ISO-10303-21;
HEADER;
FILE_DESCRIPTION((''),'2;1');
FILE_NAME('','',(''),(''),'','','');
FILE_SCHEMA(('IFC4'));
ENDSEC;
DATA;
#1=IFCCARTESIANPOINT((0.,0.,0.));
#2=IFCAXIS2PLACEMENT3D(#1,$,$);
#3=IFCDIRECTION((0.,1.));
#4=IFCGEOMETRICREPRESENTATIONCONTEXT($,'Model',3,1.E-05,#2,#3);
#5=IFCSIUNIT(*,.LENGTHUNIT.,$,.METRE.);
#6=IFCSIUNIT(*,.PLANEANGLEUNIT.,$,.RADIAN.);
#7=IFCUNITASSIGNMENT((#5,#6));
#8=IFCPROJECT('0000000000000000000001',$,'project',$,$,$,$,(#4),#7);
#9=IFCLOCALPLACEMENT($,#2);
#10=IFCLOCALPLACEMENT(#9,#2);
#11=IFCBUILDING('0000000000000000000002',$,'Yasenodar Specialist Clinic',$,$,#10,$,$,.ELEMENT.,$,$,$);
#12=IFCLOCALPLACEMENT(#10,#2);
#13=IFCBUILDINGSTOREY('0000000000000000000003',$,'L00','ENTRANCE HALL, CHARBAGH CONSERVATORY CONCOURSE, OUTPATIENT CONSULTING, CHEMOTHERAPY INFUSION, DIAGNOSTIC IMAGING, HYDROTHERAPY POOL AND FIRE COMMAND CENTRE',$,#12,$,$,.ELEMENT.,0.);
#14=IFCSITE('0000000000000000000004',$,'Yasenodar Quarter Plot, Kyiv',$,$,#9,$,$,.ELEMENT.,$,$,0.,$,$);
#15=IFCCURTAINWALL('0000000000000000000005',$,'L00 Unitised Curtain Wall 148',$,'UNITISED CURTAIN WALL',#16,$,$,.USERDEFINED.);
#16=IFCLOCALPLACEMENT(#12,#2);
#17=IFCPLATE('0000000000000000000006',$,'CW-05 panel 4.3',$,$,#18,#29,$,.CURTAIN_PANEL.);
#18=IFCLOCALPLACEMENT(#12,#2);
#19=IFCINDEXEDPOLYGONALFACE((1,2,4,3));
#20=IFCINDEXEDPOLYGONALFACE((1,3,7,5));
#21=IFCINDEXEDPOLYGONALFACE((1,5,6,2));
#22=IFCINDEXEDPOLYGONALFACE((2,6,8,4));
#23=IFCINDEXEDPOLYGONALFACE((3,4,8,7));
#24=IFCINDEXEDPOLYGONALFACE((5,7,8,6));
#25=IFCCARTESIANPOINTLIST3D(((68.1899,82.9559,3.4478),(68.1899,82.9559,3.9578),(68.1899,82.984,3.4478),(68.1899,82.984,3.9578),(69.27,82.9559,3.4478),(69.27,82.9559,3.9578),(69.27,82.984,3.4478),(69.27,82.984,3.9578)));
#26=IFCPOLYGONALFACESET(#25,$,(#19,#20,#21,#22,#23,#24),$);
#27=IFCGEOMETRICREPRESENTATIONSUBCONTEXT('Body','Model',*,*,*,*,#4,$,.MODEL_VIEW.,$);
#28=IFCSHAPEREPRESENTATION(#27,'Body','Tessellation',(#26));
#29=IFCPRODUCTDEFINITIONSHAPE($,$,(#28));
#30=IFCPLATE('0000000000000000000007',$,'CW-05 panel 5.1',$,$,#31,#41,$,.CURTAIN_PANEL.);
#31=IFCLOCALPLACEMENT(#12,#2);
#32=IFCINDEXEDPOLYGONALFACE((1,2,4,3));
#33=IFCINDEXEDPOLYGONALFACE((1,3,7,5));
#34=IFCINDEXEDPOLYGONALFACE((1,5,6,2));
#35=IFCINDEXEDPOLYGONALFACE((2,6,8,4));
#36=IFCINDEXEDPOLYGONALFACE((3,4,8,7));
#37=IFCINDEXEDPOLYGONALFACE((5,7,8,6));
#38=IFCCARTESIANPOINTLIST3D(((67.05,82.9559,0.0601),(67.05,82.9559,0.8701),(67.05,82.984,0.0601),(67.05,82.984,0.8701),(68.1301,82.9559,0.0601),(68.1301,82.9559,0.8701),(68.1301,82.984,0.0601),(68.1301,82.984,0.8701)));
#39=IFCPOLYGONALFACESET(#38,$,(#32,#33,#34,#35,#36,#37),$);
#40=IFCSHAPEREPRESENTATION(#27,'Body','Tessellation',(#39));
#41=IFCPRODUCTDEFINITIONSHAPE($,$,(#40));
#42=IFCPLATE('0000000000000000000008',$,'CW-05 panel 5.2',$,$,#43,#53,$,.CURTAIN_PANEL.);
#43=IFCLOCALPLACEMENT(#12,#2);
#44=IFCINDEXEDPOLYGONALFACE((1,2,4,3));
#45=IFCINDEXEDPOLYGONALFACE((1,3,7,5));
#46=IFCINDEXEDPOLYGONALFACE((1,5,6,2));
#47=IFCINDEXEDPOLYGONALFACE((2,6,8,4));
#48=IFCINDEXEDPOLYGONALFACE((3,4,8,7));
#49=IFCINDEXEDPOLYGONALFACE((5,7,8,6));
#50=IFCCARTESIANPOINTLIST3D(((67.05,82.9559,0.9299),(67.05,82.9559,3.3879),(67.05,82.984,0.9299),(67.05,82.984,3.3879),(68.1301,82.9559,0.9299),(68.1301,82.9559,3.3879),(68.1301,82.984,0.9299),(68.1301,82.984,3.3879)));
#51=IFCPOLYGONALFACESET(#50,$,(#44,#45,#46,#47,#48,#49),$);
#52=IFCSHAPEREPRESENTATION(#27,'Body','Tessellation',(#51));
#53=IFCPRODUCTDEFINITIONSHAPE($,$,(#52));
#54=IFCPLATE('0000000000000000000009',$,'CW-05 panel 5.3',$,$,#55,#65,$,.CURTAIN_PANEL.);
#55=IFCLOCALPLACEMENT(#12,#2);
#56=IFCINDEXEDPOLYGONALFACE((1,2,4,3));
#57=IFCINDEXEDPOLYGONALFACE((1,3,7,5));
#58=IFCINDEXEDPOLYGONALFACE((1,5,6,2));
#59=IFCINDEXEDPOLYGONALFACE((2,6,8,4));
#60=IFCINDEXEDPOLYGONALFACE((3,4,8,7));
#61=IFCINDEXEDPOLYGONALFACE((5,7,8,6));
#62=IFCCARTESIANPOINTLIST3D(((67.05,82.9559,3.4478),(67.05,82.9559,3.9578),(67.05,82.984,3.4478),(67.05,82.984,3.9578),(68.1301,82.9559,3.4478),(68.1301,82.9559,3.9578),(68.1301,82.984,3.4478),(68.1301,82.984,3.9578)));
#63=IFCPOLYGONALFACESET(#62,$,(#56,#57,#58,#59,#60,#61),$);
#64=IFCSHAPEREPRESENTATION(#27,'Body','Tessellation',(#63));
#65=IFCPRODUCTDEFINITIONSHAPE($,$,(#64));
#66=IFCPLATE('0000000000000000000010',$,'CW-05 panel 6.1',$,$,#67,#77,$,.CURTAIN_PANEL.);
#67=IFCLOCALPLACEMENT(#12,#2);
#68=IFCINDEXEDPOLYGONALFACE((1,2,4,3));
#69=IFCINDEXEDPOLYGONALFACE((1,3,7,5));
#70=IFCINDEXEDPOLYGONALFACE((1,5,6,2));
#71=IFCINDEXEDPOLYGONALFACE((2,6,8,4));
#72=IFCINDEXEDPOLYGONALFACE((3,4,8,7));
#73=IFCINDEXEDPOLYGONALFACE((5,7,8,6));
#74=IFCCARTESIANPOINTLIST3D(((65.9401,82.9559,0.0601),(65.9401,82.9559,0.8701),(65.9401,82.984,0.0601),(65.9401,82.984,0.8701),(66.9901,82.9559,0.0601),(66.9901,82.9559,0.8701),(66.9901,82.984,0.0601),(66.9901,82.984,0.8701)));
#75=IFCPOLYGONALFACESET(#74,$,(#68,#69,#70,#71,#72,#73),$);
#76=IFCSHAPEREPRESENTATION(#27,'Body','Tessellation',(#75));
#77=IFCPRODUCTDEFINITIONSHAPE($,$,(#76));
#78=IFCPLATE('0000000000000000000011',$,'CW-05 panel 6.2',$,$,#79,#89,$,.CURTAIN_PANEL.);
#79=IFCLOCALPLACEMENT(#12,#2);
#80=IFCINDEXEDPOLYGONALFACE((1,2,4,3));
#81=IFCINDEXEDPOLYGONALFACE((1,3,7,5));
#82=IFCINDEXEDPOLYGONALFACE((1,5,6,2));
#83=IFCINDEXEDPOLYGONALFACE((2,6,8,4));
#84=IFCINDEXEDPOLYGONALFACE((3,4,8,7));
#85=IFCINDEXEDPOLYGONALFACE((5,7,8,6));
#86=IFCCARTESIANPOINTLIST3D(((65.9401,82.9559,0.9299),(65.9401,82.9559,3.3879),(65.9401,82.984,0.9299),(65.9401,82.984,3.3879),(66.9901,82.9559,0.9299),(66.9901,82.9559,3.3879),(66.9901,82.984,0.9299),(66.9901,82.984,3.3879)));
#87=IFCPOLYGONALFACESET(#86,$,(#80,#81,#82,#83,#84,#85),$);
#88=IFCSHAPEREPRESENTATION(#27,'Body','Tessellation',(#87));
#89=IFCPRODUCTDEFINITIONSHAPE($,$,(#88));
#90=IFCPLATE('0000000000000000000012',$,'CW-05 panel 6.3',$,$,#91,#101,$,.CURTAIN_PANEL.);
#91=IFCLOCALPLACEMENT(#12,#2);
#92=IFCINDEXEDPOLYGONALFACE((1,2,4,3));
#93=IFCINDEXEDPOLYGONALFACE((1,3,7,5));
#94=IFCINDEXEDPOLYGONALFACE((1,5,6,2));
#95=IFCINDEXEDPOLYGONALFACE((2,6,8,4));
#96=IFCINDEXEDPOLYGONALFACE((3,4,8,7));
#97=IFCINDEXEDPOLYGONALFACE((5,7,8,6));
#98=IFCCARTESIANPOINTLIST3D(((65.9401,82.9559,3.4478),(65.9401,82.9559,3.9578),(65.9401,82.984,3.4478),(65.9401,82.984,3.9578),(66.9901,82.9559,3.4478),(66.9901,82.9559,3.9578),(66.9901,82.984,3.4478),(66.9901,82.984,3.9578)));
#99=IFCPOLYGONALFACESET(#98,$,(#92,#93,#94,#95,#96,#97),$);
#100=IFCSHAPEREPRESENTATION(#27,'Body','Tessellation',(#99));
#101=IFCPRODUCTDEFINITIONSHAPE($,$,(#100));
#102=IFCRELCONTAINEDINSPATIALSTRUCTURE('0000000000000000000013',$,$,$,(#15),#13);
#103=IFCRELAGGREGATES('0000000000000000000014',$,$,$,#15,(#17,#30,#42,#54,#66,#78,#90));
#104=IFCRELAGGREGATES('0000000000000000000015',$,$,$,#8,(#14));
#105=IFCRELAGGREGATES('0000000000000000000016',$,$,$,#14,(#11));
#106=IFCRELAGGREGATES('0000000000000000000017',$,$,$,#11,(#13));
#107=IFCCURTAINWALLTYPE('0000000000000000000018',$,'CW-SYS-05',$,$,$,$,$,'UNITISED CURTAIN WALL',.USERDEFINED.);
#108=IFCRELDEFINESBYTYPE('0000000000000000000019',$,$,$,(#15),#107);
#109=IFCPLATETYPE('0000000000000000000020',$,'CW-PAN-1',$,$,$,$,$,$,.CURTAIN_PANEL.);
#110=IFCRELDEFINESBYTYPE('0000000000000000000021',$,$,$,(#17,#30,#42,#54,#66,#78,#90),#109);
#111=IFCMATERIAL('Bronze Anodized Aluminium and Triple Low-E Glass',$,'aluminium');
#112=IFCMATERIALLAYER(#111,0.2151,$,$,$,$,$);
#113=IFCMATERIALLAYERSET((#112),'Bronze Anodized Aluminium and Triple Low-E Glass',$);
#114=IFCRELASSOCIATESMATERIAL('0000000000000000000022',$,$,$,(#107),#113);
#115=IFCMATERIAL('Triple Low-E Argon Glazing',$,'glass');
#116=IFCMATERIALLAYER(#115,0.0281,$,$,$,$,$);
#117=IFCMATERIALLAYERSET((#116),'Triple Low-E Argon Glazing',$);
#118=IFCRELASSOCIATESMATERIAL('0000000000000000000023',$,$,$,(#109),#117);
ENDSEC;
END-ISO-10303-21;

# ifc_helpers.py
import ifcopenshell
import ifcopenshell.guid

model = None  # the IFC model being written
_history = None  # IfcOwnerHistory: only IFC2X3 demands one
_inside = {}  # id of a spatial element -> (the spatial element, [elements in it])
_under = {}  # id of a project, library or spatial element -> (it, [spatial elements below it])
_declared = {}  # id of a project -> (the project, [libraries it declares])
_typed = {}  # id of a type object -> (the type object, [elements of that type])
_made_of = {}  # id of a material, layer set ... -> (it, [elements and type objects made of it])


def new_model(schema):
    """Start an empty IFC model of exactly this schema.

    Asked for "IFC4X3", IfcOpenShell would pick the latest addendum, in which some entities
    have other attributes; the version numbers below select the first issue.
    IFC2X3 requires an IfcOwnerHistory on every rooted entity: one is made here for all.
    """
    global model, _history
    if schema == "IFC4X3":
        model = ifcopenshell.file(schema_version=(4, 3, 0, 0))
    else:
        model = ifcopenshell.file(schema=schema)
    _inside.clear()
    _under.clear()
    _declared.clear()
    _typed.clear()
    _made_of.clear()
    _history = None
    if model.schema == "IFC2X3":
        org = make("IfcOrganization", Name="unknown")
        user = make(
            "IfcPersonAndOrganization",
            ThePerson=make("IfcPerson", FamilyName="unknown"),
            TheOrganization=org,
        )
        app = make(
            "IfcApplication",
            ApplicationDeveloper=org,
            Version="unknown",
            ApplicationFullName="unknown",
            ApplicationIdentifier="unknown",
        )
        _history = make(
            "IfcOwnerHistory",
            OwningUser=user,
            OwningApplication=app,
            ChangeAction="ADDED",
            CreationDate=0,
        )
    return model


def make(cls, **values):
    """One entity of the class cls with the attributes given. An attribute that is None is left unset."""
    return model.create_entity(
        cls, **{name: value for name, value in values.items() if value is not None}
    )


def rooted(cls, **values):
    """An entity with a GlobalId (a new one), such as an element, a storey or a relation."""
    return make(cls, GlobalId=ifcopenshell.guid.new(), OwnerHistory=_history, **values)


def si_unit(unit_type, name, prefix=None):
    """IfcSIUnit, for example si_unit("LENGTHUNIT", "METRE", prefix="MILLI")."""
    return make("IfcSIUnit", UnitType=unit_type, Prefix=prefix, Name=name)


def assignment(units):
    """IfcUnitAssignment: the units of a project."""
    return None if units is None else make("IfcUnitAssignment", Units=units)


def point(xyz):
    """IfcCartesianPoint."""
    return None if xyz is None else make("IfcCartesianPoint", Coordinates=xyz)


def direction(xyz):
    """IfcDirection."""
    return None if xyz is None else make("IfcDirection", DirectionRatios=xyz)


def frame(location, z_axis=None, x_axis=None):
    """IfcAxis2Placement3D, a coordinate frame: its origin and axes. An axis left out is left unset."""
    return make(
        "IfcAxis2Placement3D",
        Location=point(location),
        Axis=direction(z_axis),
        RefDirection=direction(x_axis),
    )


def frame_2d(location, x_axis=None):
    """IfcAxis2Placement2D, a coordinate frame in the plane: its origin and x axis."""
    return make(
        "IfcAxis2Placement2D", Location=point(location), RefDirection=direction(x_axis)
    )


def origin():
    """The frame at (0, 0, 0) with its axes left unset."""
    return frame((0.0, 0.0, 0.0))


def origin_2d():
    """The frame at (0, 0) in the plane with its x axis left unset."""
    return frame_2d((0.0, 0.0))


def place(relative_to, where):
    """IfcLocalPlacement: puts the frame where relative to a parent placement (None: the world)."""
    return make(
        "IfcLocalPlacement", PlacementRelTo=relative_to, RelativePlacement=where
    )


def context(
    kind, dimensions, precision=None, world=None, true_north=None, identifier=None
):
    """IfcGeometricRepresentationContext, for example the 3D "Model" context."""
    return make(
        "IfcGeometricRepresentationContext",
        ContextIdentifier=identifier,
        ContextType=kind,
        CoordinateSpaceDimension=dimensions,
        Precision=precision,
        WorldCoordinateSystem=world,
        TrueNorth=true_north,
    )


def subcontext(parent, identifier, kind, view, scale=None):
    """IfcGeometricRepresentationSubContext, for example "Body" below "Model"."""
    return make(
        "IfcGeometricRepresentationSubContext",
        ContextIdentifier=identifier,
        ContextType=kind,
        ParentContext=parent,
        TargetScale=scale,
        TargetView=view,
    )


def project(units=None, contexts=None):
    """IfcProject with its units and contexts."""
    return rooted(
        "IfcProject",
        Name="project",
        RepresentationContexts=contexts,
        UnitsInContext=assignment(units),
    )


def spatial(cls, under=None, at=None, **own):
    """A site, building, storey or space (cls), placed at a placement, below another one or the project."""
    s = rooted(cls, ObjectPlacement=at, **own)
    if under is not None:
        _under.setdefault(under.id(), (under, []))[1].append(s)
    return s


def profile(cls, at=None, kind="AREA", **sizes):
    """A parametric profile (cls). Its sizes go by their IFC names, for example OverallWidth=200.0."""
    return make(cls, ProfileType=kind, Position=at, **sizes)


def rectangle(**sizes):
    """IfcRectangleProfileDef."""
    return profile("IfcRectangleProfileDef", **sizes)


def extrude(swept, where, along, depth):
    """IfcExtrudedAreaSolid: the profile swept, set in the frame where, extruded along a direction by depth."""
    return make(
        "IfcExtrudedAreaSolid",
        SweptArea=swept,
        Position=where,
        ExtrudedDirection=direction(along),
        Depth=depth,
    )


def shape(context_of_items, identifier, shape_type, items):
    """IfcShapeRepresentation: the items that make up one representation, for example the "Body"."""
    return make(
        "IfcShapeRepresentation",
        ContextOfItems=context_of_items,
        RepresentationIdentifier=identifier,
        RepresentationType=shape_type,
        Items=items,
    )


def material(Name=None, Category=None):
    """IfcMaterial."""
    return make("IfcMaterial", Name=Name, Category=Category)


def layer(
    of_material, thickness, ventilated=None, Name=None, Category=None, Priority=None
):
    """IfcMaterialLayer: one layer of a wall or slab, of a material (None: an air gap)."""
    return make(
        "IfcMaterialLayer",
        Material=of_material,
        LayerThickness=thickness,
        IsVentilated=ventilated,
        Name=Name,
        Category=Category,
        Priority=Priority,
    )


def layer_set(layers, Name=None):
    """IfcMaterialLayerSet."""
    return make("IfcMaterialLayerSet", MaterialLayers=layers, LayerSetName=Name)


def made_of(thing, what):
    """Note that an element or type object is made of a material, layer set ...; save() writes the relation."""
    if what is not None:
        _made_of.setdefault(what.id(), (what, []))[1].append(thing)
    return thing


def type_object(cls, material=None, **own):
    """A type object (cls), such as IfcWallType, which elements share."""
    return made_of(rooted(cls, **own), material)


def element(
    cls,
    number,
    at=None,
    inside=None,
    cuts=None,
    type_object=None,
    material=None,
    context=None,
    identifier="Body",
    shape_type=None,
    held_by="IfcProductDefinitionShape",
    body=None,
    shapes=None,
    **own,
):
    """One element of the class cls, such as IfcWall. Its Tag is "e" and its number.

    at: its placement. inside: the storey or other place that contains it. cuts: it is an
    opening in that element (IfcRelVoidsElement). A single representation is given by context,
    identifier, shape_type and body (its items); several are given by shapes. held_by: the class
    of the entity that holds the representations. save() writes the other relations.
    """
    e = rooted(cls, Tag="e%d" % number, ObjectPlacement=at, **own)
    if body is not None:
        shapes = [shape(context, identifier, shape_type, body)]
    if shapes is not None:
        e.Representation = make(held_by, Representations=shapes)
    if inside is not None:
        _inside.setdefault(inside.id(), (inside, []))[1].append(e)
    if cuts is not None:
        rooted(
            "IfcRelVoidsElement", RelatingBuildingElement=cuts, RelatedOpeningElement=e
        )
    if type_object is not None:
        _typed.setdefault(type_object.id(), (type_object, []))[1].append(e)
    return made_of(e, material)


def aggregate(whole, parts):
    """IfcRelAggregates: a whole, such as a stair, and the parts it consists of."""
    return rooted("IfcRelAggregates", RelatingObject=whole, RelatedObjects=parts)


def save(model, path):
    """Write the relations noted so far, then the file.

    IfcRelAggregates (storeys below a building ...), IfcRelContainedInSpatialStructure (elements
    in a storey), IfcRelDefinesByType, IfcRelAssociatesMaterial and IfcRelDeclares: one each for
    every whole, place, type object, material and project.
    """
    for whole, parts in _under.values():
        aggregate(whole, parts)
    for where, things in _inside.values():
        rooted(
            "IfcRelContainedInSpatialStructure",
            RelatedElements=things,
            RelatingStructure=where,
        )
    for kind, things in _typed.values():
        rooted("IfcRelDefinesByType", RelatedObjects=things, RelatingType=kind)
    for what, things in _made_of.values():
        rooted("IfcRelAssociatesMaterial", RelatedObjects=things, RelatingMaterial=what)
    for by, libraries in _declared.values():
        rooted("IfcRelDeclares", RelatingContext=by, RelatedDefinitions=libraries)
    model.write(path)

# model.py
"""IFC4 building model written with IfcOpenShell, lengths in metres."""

from ifc_helpers import new_model, si_unit, direction, frame, origin, origin_2d, place, context, subcontext, project, spatial, rectangle, extrude, material, layer, layer_set, type_object, element, aggregate, save


model = new_model("IFC4")

# Units and contexts
model_context = context("Model", 3, precision=1e-05, world=origin(), true_north=direction((0.0, 1.0)))
body_context = subcontext(model_context, "Body", "Model", "MODEL_VIEW")
ifc_project = project(units=[si_unit("LENGTHUNIT", "METRE"), si_unit("PLANEANGLEUNIT", "RADIAN")], contexts=[model_context])

# Site, building, storey
site_placement = place(None, origin())
site = spatial("IfcSite", under=ifc_project, at=site_placement, Name="Yasenodar Quarter Plot, Kyiv", CompositionType="ELEMENT", RefElevation=0.0)
building_placement = place(site_placement, origin())
building = spatial("IfcBuilding", under=site, at=building_placement, Name="Yasenodar Specialist Clinic", CompositionType="ELEMENT")
storey_placement = place(building_placement, origin())
storey = spatial("IfcBuildingStorey", under=building, at=storey_placement, Name="L00", Description="ENTRANCE HALL, CHARBAGH CONSERVATORY CONCOURSE, OUTPATIENT CONSULTING, CHEMOTHERAPY INFUSION, DIAGNOSTIC IMAGING, HYDROTHERAPY POOL AND FIRE COMMAND CENTRE", CompositionType="ELEMENT", Elevation=0.0)

# Curtain wall, plates
ifc_material_1 = material(Name="Bronze Anodized Aluminium and Triple Low-E Glass", Category="aluminium")
ifc_layer_1 = layer(ifc_material_1, 0.2151)
ifc_layer_set_1 = layer_set([ifc_layer_1], Name="Bronze Anodized Aluminium and Triple Low-E Glass")
curtain_wall_type = type_object("IfcCurtainWallType", Name="CW-SYS-05", ElementType="UNITISED CURTAIN WALL", PredefinedType="USERDEFINED", material=ifc_layer_set_1)
curtain_wall_placement = place(storey_placement, origin())
curtain_wall = element("IfcCurtainWall", 1, at=curtain_wall_placement, inside=storey, type_object=curtain_wall_type, Name="L00 Unitised Curtain Wall 148", ObjectType="UNITISED CURTAIN WALL", PredefinedType="USERDEFINED")
ifc_material_2 = material(Name="Triple Low-E Argon Glazing", Category="glass")
ifc_layer_2 = layer(ifc_material_2, 0.0281)
ifc_layer_set_2 = layer_set([ifc_layer_2], Name="Triple Low-E Argon Glazing")
plate_type = type_object("IfcPlateType", Name="CW-PAN-1", PredefinedType="CURTAIN_PANEL", material=ifc_layer_set_2)
plate_1_placement = place(storey_placement, frame((68.73, 82.97, 3.4478), z_axis=(0.0, 0.0, 1.0), x_axis=(-1.0, 0.0, 0.0)))
plate_1 = element("IfcPlate", 2, at=plate_1_placement, type_object=plate_type, Name="CW-05 panel 4.3", PredefinedType="CURTAIN_PANEL", context=body_context, shape_type="SweptSolid", body=[
    extrude(rectangle(XDim=1.0801, YDim=0.0281, at=origin_2d()), origin(), (0.0, 0.0, 1.0), 0.51),
])
plate_2_placement = place(storey_placement, frame((67.5901, 82.97, 0.0601), z_axis=(0.0, 0.0, 1.0), x_axis=(-1.0, 0.0, 0.0)))
plate_2 = element("IfcPlate", 3, at=plate_2_placement, type_object=plate_type, Name="CW-05 panel 5.1", PredefinedType="CURTAIN_PANEL", context=body_context, shape_type="SweptSolid", body=[
    extrude(rectangle(XDim=1.0801, YDim=0.0281, at=origin_2d()), origin(), (0.0, 0.0, 1.0), 0.8101),
])
plate_3_placement = place(storey_placement, frame((67.5901, 82.97, 0.9299), z_axis=(0.0, 0.0, 1.0), x_axis=(-1.0, 0.0, 0.0)))
plate_3 = element("IfcPlate", 4, at=plate_3_placement, type_object=plate_type, Name="CW-05 panel 5.2", PredefinedType="CURTAIN_PANEL", context=body_context, shape_type="SweptSolid", body=[
    extrude(rectangle(XDim=1.0801, YDim=0.0281, at=origin_2d()), origin(), (0.0, 0.0, 1.0), 2.458),
])
plate_4_placement = place(storey_placement, frame((67.5901, 82.97, 3.4478), z_axis=(0.0, 0.0, 1.0), x_axis=(-1.0, 0.0, 0.0)))
plate_4 = element("IfcPlate", 5, at=plate_4_placement, type_object=plate_type, Name="CW-05 panel 5.3", PredefinedType="CURTAIN_PANEL", context=body_context, shape_type="SweptSolid", body=[
    extrude(rectangle(XDim=1.0801, YDim=0.0281, at=origin_2d()), origin(), (0.0, 0.0, 1.0), 0.51),
])
plate_5_placement = place(storey_placement, frame((66.4651, 82.97, 0.0601), z_axis=(0.0, 0.0, 1.0), x_axis=(-1.0, 0.0, 0.0)))
plate_5 = element("IfcPlate", 6, at=plate_5_placement, type_object=plate_type, Name="CW-05 panel 6.1", PredefinedType="CURTAIN_PANEL", context=body_context, shape_type="SweptSolid", body=[
    extrude(rectangle(XDim=1.05, YDim=0.0281, at=origin_2d()), origin(), (0.0, 0.0, 1.0), 0.8101),
])
plate_6_placement = place(storey_placement, frame((66.4651, 82.97, 0.9299), z_axis=(0.0, 0.0, 1.0), x_axis=(-1.0, 0.0, 0.0)))
plate_6 = element("IfcPlate", 7, at=plate_6_placement, type_object=plate_type, Name="CW-05 panel 6.2", PredefinedType="CURTAIN_PANEL", context=body_context, shape_type="SweptSolid", body=[
    extrude(rectangle(XDim=1.05, YDim=0.0281, at=origin_2d()), origin(), (0.0, 0.0, 1.0), 2.458),
])
plate_7_placement = place(storey_placement, frame((66.4651, 82.97, 3.4478), z_axis=(0.0, 0.0, 1.0), x_axis=(-1.0, 0.0, 0.0)))
plate_7 = element("IfcPlate", 8, at=plate_7_placement, type_object=plate_type, Name="CW-05 panel 6.3", PredefinedType="CURTAIN_PANEL", context=body_context, shape_type="SweptSolid", body=[
    extrude(rectangle(XDim=1.05, YDim=0.0281, at=origin_2d()), origin(), (0.0, 0.0, 1.0), 0.51),
])
aggregate(curtain_wall, [plate_1, plate_2, plate_3, plate_4, plate_5, plate_6, plate_7])

save(model, "model.ifc")
